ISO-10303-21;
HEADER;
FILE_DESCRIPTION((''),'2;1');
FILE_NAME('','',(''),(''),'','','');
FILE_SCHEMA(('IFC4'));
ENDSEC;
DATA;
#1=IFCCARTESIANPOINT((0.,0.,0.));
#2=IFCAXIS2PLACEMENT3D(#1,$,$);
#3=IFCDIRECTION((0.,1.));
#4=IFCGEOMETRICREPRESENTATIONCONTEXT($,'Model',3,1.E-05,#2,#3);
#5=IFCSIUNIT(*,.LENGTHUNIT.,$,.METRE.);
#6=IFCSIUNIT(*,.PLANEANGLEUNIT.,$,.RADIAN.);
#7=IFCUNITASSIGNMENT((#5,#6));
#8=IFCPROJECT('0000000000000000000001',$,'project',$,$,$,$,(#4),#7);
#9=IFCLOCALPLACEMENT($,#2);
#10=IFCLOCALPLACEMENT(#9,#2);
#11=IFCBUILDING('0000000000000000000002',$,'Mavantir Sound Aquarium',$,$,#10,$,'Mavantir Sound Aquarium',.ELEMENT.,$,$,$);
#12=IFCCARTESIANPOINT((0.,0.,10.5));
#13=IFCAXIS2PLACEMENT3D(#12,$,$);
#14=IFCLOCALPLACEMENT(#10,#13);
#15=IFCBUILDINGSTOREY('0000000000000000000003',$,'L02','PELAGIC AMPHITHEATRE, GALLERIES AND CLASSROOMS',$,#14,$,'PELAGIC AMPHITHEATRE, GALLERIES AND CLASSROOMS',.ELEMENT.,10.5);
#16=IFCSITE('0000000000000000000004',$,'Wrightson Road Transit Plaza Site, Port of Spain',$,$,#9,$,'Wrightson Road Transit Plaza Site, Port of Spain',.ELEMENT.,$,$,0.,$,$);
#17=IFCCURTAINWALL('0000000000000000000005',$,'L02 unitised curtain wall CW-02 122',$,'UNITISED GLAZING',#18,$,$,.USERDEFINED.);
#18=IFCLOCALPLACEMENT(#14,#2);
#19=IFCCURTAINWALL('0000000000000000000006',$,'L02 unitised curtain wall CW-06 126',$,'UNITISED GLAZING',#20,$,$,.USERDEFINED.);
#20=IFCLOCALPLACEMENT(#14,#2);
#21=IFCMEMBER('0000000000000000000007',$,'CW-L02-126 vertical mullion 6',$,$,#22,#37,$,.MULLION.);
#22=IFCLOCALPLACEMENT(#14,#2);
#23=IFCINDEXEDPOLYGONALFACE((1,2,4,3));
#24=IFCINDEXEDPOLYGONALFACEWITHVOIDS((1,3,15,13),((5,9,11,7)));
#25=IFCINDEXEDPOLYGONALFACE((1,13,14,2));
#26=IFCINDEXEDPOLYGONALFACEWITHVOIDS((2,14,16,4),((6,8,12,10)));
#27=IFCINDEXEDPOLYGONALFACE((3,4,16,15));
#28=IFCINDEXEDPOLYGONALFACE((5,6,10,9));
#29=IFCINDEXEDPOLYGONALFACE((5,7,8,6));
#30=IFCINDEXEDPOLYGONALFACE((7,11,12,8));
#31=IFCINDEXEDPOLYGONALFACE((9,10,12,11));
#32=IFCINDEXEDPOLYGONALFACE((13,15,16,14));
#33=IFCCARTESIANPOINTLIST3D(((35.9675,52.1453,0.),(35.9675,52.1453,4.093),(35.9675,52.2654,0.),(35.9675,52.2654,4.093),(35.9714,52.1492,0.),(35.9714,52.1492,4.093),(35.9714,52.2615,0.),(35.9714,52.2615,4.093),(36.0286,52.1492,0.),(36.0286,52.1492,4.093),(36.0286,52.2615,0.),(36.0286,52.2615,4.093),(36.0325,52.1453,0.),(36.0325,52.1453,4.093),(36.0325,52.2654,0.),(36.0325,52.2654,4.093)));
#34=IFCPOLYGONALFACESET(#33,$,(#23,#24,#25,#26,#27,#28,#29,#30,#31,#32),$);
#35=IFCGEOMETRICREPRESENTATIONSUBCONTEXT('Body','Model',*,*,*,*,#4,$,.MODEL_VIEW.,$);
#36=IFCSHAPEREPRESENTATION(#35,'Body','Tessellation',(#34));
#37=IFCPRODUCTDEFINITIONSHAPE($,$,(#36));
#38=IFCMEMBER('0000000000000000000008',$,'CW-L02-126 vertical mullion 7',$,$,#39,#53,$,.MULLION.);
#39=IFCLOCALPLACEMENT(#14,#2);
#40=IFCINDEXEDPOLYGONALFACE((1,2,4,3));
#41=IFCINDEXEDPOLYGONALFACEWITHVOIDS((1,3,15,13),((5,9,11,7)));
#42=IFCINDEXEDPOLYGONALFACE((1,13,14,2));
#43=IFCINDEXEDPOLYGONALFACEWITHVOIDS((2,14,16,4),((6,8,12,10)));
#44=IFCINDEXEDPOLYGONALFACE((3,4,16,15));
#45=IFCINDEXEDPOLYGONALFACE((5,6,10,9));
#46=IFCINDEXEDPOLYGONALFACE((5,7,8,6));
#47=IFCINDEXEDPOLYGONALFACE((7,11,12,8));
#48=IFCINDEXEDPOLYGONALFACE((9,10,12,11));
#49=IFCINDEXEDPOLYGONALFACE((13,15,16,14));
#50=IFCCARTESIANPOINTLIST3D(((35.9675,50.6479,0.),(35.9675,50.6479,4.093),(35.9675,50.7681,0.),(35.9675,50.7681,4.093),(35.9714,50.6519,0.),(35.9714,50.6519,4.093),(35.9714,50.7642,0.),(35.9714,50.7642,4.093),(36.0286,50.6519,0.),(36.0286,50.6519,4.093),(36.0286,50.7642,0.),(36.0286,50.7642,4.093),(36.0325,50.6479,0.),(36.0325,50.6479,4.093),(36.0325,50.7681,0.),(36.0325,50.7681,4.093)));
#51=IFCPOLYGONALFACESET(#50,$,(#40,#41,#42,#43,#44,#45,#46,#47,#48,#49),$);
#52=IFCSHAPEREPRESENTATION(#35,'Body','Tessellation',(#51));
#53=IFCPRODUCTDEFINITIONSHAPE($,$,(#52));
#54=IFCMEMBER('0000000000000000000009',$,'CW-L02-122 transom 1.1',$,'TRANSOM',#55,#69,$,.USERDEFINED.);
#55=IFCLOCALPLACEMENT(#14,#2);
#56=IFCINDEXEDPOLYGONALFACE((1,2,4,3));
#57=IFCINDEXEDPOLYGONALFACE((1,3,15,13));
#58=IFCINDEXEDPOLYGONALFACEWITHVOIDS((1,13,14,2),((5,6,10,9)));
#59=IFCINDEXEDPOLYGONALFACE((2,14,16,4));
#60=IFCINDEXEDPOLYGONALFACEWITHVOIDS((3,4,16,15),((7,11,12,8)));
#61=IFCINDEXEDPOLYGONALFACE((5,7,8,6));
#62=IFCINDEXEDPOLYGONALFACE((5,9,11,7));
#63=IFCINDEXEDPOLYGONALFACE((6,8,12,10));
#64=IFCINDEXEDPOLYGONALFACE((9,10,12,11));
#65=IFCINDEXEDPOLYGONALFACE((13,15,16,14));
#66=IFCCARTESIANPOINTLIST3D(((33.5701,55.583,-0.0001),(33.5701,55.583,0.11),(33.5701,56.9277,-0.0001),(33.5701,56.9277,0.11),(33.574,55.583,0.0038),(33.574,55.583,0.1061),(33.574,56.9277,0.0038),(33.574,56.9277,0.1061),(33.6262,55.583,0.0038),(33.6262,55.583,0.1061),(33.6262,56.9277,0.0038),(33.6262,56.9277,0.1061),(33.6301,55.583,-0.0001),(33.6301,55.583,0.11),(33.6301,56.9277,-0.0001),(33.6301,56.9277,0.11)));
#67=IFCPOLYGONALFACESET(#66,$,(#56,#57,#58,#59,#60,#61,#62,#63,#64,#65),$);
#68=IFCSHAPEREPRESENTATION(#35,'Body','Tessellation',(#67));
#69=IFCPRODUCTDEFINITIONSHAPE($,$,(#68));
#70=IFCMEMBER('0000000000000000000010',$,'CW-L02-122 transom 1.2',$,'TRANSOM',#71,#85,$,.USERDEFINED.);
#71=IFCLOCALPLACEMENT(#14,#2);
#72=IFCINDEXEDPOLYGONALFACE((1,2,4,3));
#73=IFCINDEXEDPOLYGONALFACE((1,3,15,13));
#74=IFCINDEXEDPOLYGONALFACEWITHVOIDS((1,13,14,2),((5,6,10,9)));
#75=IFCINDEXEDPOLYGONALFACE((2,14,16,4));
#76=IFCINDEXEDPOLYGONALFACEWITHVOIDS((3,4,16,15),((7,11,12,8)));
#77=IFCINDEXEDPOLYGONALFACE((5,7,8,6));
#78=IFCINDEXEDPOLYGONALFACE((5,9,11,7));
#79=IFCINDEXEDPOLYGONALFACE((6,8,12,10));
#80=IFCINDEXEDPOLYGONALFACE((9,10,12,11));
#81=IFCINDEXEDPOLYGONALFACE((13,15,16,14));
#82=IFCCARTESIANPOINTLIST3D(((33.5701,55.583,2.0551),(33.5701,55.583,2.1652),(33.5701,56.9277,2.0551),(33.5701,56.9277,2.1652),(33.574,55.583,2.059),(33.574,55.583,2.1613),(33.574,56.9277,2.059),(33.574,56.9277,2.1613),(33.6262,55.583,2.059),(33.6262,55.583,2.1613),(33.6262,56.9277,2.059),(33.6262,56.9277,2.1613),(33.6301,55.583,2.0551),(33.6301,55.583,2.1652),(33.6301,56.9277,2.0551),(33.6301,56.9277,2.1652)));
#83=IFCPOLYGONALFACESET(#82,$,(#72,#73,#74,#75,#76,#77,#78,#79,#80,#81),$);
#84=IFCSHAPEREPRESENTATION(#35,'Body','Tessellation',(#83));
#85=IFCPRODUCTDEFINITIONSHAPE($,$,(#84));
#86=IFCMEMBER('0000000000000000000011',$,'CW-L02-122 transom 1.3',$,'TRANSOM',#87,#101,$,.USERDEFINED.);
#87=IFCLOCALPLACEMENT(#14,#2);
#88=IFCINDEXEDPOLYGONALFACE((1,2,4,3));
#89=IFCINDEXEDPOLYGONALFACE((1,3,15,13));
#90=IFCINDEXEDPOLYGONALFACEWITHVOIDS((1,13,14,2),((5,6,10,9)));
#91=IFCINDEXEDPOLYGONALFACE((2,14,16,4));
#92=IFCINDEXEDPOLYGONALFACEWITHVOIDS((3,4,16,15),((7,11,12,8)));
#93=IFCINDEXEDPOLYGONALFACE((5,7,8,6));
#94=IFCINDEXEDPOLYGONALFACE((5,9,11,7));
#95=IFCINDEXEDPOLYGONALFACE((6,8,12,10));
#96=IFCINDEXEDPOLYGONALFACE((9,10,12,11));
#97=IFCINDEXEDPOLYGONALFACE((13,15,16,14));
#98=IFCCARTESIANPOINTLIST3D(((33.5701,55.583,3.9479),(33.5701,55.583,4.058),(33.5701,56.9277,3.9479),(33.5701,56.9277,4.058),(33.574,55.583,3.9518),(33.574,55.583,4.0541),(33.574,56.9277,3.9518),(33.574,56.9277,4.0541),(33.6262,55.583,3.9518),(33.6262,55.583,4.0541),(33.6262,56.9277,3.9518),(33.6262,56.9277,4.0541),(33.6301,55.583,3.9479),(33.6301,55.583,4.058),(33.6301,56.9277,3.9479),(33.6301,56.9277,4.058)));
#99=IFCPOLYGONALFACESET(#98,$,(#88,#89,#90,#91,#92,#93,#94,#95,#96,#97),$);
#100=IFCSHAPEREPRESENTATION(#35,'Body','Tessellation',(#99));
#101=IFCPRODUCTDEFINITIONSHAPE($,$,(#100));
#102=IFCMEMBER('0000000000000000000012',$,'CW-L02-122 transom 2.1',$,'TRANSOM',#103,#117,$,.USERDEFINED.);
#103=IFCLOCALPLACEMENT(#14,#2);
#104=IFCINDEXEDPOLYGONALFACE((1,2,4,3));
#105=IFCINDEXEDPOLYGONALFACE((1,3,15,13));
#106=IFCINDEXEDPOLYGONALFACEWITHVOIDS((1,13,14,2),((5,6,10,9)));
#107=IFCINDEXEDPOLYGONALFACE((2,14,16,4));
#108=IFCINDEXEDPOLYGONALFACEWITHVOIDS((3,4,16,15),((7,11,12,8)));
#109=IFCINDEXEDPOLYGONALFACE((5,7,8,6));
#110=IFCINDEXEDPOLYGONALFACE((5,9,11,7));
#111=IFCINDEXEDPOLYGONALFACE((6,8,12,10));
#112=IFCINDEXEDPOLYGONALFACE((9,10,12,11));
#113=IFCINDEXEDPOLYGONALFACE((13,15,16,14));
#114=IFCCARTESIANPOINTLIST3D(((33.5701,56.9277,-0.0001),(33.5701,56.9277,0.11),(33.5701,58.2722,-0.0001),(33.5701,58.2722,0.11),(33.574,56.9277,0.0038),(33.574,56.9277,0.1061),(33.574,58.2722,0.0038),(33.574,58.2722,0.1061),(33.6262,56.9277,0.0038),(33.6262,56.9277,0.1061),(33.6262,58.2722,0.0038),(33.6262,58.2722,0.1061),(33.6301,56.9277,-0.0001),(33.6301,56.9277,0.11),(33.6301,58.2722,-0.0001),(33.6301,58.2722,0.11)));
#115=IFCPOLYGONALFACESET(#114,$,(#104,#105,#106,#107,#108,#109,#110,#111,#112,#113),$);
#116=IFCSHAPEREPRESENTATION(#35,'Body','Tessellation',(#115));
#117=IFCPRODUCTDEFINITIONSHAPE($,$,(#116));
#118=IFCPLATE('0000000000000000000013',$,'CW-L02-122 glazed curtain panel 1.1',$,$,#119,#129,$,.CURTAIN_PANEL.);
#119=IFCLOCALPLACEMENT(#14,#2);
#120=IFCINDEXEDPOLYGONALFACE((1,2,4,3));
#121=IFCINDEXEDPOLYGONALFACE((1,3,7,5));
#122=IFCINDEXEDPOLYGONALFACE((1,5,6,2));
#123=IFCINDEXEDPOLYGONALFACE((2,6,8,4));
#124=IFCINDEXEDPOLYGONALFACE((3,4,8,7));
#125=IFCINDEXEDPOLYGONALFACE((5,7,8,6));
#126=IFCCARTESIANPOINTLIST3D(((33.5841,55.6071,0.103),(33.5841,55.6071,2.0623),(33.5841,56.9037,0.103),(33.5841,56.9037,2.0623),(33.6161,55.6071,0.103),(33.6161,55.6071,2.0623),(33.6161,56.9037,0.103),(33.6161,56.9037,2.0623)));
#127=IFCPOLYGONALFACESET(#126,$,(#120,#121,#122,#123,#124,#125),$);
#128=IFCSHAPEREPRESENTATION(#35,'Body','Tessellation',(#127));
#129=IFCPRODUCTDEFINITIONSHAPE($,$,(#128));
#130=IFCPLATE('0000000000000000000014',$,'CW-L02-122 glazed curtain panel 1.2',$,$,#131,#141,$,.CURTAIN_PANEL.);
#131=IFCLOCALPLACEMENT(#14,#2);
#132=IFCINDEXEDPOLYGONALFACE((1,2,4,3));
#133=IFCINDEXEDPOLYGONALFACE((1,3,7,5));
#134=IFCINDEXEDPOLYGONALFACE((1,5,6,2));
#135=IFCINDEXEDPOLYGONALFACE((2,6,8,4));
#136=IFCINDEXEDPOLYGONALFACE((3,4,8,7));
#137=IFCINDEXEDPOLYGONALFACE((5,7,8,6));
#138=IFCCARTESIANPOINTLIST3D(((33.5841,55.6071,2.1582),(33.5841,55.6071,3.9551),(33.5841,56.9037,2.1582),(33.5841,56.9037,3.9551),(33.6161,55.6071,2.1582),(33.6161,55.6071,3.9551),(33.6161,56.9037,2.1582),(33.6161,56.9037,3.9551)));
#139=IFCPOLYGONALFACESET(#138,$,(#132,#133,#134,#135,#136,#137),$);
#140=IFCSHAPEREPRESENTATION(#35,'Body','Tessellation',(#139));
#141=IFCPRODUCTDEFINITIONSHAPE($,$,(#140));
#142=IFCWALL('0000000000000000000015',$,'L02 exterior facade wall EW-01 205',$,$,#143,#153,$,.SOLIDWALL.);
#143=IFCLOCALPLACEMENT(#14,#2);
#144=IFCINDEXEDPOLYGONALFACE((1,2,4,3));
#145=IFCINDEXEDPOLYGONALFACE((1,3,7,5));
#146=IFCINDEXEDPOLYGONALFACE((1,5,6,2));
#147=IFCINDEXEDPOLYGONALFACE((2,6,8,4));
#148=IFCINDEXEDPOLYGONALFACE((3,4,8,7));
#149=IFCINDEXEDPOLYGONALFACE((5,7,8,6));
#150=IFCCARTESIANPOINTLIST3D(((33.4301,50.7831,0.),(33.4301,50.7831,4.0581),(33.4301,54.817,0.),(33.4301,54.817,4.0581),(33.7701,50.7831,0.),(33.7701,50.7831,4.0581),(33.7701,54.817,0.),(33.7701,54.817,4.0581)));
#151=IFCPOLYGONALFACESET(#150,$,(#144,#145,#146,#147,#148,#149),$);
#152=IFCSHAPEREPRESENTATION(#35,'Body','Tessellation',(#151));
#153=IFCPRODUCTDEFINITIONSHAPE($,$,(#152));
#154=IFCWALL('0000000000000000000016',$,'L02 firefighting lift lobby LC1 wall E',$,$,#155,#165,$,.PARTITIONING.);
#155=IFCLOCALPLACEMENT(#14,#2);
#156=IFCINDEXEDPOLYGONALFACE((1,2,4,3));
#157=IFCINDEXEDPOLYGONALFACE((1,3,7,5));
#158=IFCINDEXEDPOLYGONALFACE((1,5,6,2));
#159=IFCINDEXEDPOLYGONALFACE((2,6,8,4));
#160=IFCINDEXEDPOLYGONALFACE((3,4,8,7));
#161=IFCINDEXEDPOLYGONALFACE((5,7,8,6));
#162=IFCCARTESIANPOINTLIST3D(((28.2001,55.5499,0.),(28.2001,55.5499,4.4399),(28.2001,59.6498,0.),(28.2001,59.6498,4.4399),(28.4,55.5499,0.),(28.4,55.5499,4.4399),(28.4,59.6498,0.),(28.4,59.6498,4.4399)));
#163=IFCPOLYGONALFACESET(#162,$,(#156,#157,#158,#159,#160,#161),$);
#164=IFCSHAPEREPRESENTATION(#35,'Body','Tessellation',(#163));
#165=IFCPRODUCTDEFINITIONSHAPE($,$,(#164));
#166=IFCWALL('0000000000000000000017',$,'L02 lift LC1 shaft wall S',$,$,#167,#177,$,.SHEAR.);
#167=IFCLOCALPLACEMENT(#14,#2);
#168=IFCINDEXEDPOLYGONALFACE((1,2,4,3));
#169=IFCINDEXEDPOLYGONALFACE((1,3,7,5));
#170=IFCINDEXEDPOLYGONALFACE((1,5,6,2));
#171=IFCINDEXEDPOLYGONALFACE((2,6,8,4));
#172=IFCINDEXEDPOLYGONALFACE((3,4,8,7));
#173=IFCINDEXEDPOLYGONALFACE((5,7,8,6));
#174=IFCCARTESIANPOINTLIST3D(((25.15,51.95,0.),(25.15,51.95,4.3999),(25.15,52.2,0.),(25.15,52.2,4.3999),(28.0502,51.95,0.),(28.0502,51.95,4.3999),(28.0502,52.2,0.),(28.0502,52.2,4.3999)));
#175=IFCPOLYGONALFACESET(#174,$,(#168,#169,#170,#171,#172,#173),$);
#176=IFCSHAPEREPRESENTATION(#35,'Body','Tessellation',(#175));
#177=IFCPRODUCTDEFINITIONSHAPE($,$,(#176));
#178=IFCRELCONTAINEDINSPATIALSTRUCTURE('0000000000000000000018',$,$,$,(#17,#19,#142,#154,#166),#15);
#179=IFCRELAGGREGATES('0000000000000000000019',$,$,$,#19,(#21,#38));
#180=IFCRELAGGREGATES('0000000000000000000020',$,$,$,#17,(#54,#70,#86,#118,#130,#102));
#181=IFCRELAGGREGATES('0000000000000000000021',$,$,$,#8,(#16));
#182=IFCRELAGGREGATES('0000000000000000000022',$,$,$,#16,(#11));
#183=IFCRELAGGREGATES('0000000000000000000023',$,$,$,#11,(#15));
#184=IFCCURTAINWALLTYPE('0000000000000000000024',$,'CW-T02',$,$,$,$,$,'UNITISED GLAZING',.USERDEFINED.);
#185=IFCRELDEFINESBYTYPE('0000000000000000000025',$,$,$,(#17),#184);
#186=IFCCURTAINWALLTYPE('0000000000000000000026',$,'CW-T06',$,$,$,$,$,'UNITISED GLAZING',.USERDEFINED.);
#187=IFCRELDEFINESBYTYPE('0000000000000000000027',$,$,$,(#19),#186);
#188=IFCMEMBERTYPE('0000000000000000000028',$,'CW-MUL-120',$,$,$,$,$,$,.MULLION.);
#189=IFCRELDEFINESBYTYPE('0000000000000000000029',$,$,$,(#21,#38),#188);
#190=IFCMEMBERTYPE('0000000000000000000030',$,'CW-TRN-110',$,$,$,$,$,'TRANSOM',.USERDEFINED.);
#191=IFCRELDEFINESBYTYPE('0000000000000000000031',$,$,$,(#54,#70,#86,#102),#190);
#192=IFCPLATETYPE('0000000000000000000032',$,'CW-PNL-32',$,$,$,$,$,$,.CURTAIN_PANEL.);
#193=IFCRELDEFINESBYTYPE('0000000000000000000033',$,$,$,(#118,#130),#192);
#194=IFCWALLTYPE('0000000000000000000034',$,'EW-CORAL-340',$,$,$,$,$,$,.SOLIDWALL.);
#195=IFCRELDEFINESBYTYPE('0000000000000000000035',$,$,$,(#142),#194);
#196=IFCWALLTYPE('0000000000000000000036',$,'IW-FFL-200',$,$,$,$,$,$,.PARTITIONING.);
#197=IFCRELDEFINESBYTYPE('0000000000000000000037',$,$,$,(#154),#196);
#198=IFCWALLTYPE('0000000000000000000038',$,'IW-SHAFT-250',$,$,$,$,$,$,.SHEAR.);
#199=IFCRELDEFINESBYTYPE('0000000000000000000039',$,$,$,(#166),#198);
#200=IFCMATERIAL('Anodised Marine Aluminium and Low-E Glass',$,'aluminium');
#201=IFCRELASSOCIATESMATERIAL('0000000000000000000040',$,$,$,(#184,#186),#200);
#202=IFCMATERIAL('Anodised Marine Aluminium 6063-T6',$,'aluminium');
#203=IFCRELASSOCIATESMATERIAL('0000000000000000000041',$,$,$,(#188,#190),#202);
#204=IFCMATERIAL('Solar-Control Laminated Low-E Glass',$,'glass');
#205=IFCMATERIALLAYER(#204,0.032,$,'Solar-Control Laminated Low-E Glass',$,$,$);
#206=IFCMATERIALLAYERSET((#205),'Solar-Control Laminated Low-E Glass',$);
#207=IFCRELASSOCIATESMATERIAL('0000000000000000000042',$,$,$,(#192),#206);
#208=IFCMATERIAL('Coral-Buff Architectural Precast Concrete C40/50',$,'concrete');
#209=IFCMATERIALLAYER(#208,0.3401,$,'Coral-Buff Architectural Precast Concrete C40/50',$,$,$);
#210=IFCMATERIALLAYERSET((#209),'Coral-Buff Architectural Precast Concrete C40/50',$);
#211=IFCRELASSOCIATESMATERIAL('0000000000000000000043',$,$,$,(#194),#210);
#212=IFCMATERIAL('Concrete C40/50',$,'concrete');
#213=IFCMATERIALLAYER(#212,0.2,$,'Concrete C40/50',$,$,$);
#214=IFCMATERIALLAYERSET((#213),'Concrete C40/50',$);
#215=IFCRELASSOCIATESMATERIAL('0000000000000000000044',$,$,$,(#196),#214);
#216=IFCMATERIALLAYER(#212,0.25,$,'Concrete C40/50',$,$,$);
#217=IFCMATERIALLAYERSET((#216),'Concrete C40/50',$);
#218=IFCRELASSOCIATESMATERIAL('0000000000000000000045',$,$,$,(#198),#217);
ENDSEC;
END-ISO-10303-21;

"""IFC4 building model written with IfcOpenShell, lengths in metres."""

from ifc_helpers import new_model, si_unit, direction, frame, frame_2d, origin, origin_2d, place, context, subcontext, project, spatial, rectangle, hollow_rectangle, extrude, material, layer, layer_set, material_profile, profile_set, type_object, element, aggregate, save


model = new_model("IFC4")

# Units and contexts
model_context = context("Model", 3, precision=1e-05, world=origin(), true_north=direction((0.0, 1.0)))
body_context = subcontext(model_context, "Body", "Model", "MODEL_VIEW")
ifc_project = project(units=[si_unit("LENGTHUNIT", "METRE"), si_unit("PLANEANGLEUNIT", "RADIAN")], contexts=[model_context])

# Site, building, storey
site_placement = place(None, origin())
site = spatial("IfcSite", under=ifc_project, at=site_placement, Name="Wrightson Road Transit Plaza Site, Port of Spain", LongName="Wrightson Road Transit Plaza Site, Port of Spain", CompositionType="ELEMENT", RefElevation=0.0)
building_placement = place(site_placement, origin())
building = spatial("IfcBuilding", under=site, at=building_placement, Name="Mavantir Sound Aquarium", LongName="Mavantir Sound Aquarium", CompositionType="ELEMENT")
storey_placement = place(building_placement, frame((0.0, 0.0, 10.5)))
storey = spatial("IfcBuildingStorey", under=building, at=storey_placement, Name="L02", Description="PELAGIC AMPHITHEATRE, GALLERIES AND CLASSROOMS", LongName="PELAGIC AMPHITHEATRE, GALLERIES AND CLASSROOMS", CompositionType="ELEMENT", Elevation=10.5)

# Shared definitions
ifc_material_1 = material(Name="Concrete C40/50", Category="concrete")

# Curtain walls, members
ifc_material_2 = material(Name="Anodised Marine Aluminium and Low-E Glass", Category="aluminium")
curtain_wall_type_1 = type_object("IfcCurtainWallType", Name="CW-T02", ElementType="UNITISED GLAZING", PredefinedType="USERDEFINED", material=ifc_material_2)
curtain_wall_1_placement = place(storey_placement, origin())
curtain_wall_1 = element("IfcCurtainWall", 1, at=curtain_wall_1_placement, inside=storey, type_object=curtain_wall_type_1, Name="L02 unitised curtain wall CW-02 122", ObjectType="UNITISED GLAZING", PredefinedType="USERDEFINED")
ifc_material_3 = material(Name="Anodised Marine Aluminium 6063-T6", Category="aluminium")
ifc_material_profile_1 = material_profile(ifc_material_3, hollow_rectangle(XDim=0.0649, YDim=0.1201, WallThickness=0.0039, at=origin_2d()), Name="ALU-MULLION-120X65")
ifc_profile_set_1 = profile_set([ifc_material_profile_1], Name="Anodised Marine Aluminium 6063-T6")
member_type_1 = type_object("IfcMemberType", Name="CW-MUL-120", PredefinedType="MULLION", material=ifc_profile_set_1)
curtain_wall_type_2 = type_object("IfcCurtainWallType", Name="CW-T06", ElementType="UNITISED GLAZING", PredefinedType="USERDEFINED", material=ifc_material_2)
curtain_wall_2_placement = place(storey_placement, origin())
curtain_wall_2 = element("IfcCurtainWall", 2, at=curtain_wall_2_placement, inside=storey, type_object=curtain_wall_type_2, Name="L02 unitised curtain wall CW-06 126", ObjectType="UNITISED GLAZING", PredefinedType="USERDEFINED")
member_1_placement = place(storey_placement, frame((36.0, 52.2053, 0.0), z_axis=(0.0, 0.0, 1.0), x_axis=(1.0, 0.0, 0.0)))
member_1 = element("IfcMember", 3, at=member_1_placement, type_object=member_type_1, Name="CW-L02-126 vertical mullion 6", PredefinedType="MULLION", context=body_context, shape_type="SweptSolid", body=[
    extrude(hollow_rectangle(XDim=0.0649, YDim=0.1201, WallThickness=0.0039, at=origin_2d()), origin(), (0.0, 0.0, 1.0), 4.093),
])
member_2_placement = place(storey_placement, frame((36.0, 50.708, 0.0), z_axis=(0.0, 0.0, 1.0), x_axis=(1.0, 0.0, 0.0)))
member_2 = element("IfcMember", 4, at=member_2_placement, type_object=member_type_1, Name="CW-L02-126 vertical mullion 7", PredefinedType="MULLION", context=body_context, shape_type="SweptSolid", body=[
    extrude(hollow_rectangle(XDim=0.0649, YDim=0.1201, WallThickness=0.0039, at=origin_2d()), origin(), (0.0, 0.0, 1.0), 4.093),
])
aggregate(curtain_wall_2, [member_1, member_2])

# Members
ifc_material_profile_2 = material_profile(ifc_material_3, hollow_rectangle(XDim=0.0601, YDim=0.1101, WallThickness=0.0039, at=origin_2d()), Name="ALU-TRANSOM-110X60")
ifc_profile_set_2 = profile_set([ifc_material_profile_2], Name="Anodised Marine Aluminium 6063-T6")
member_type_2 = type_object("IfcMemberType", Name="CW-TRN-110", ElementType="TRANSOM", PredefinedType="USERDEFINED", material=ifc_profile_set_2)
member_3_placement = place(storey_placement, frame((33.6001, 55.583, 0.0549), z_axis=(0.0, 1.0, 0.0), x_axis=(-1.0, 0.0, 0.0)))
member_3 = element("IfcMember", 5, at=member_3_placement, type_object=member_type_2, Name="CW-L02-122 transom 1.1", ObjectType="TRANSOM", PredefinedType="USERDEFINED", context=body_context, shape_type="SweptSolid", body=[
    extrude(hollow_rectangle(XDim=0.0601, YDim=0.1101, WallThickness=0.0039, at=origin_2d()), origin(), (0.0, 0.0, 1.0), 1.3447),
])
member_4_placement = place(storey_placement, frame((33.6001, 55.583, 2.1101), z_axis=(0.0, 1.0, 0.0), x_axis=(-1.0, 0.0, 0.0)))
member_4 = element("IfcMember", 6, at=member_4_placement, type_object=member_type_2, Name="CW-L02-122 transom 1.2", ObjectType="TRANSOM", PredefinedType="USERDEFINED", context=body_context, shape_type="SweptSolid", body=[
    extrude(hollow_rectangle(XDim=0.0601, YDim=0.1101, WallThickness=0.0039, at=origin_2d()), origin(), (0.0, 0.0, 1.0), 1.3447),
])
member_5_placement = place(storey_placement, frame((33.6001, 55.583, 4.0029), z_axis=(0.0, 1.0, 0.0), x_axis=(-1.0, 0.0, 0.0)))
member_5 = element("IfcMember", 7, at=member_5_placement, type_object=member_type_2, Name="CW-L02-122 transom 1.3", ObjectType="TRANSOM", PredefinedType="USERDEFINED", context=body_context, shape_type="SweptSolid", body=[
    extrude(hollow_rectangle(XDim=0.0601, YDim=0.1101, WallThickness=0.0039, at=origin_2d()), origin(), (0.0, 0.0, 1.0), 1.3447),
])
member_6_placement = place(storey_placement, frame((33.6001, 56.9277, 0.0549), z_axis=(0.0, 1.0, 0.0), x_axis=(-1.0, 0.0, 0.0)))
member_6 = element("IfcMember", 8, at=member_6_placement, type_object=member_type_2, Name="CW-L02-122 transom 2.1", ObjectType="TRANSOM", PredefinedType="USERDEFINED", context=body_context, shape_type="SweptSolid", body=[
    extrude(hollow_rectangle(XDim=0.0601, YDim=0.1101, WallThickness=0.0039, at=origin_2d()), origin(), (0.0, 0.0, 1.0), 1.3445),
])

# Plates
ifc_material_4 = material(Name="Solar-Control Laminated Low-E Glass", Category="glass")
ifc_layer_1 = layer(ifc_material_4, 0.032, Name="Solar-Control Laminated Low-E Glass")
ifc_layer_set_1 = layer_set([ifc_layer_1], Name="Solar-Control Laminated Low-E Glass")
plate_type = type_object("IfcPlateType", Name="CW-PNL-32", PredefinedType="CURTAIN_PANEL", material=ifc_layer_set_1)
plate_1_placement = place(storey_placement, frame((33.6001, 56.2554, 0.103), z_axis=(0.0, 0.0, 1.0), x_axis=(0.0, 1.0, 0.0)))
plate_1 = element("IfcPlate", 9, at=plate_1_placement, type_object=plate_type, Name="CW-L02-122 glazed curtain panel 1.1", PredefinedType="CURTAIN_PANEL", context=body_context, shape_type="SweptSolid", body=[
    extrude(rectangle(XDim=1.2966, YDim=0.032, at=origin_2d()), origin(), (0.0, 0.0, 1.0), 1.9592),
])
plate_2_placement = place(storey_placement, frame((33.6001, 56.2554, 2.1582), z_axis=(0.0, 0.0, 1.0), x_axis=(0.0, 1.0, 0.0)))
plate_2 = element("IfcPlate", 10, at=plate_2_placement, type_object=plate_type, Name="CW-L02-122 glazed curtain panel 1.2", PredefinedType="CURTAIN_PANEL", context=body_context, shape_type="SweptSolid", body=[
    extrude(rectangle(XDim=1.2966, YDim=0.032, at=origin_2d()), origin(), (0.0, 0.0, 1.0), 1.7969),
])
aggregate(curtain_wall_1, [member_3, member_4, member_5, plate_1, plate_2, member_6])

# Walls
ifc_material_5 = material(Name="Coral-Buff Architectural Precast Concrete C40/50", Category="concrete")
ifc_layer_2 = layer(ifc_material_5, 0.3401, Name="Coral-Buff Architectural Precast Concrete C40/50")
ifc_layer_set_2 = layer_set([ifc_layer_2], Name="Coral-Buff Architectural Precast Concrete C40/50")
wall_type_1 = type_object("IfcWallType", Name="EW-CORAL-340", PredefinedType="SOLIDWALL", material=ifc_layer_set_2)
wall_1_placement = place(storey_placement, frame((33.6001, 50.783, 0.0), z_axis=(0.0, 0.0, 1.0), x_axis=(0.0, 1.0, 0.0)))
element("IfcWall", 11, at=wall_1_placement, inside=storey, type_object=wall_type_1, Name="L02 exterior facade wall EW-01 205", PredefinedType="SOLIDWALL", context=body_context, shape_type="SweptSolid", body=[
    extrude(rectangle(XDim=4.0339, YDim=0.3401, at=frame_2d((2.0171, 0.0))), origin(), (0.0, 0.0, 1.0), 4.0581),
])
ifc_layer_3 = layer(ifc_material_1, 0.2, Name="Concrete C40/50")
ifc_layer_set_3 = layer_set([ifc_layer_3], Name="Concrete C40/50")
wall_type_2 = type_object("IfcWallType", Name="IW-FFL-200", PredefinedType="PARTITIONING", material=ifc_layer_set_3)
wall_2_placement = place(storey_placement, frame((28.3, 55.55, 0.0), z_axis=(0.0, 0.0, 1.0), x_axis=(0.0, 1.0, 0.0)))
element("IfcWall", 12, at=wall_2_placement, inside=storey, type_object=wall_type_2, Name="L02 firefighting lift lobby LC1 wall E", PredefinedType="PARTITIONING", context=body_context, shape_type="SweptSolid", body=[
    extrude(rectangle(XDim=4.0999, YDim=0.2, at=frame_2d((2.0498, 0.0))), origin(), (0.0, 0.0, 1.0), 4.4399),
])
ifc_layer_4 = layer(ifc_material_1, 0.25, Name="Concrete C40/50")
ifc_layer_set_4 = layer_set([ifc_layer_4], Name="Concrete C40/50")
wall_type_3 = type_object("IfcWallType", Name="IW-SHAFT-250", PredefinedType="SHEAR", material=ifc_layer_set_4)
wall_3_placement = place(storey_placement, frame((25.1499, 52.075, 0.0), z_axis=(0.0, 0.0, 1.0), x_axis=(1.0, 0.0, 0.0)))
element("IfcWall", 13, at=wall_3_placement, inside=storey, type_object=wall_type_3, Name="L02 lift LC1 shaft wall S", PredefinedType="SHEAR", context=body_context, shape_type="SweptSolid", body=[
    extrude(rectangle(XDim=2.9001, YDim=0.25, at=frame_2d((1.4502, 0.0))), origin(), (0.0, 0.0, 1.0), 4.3999),
])

save(model, "model.ifc")
